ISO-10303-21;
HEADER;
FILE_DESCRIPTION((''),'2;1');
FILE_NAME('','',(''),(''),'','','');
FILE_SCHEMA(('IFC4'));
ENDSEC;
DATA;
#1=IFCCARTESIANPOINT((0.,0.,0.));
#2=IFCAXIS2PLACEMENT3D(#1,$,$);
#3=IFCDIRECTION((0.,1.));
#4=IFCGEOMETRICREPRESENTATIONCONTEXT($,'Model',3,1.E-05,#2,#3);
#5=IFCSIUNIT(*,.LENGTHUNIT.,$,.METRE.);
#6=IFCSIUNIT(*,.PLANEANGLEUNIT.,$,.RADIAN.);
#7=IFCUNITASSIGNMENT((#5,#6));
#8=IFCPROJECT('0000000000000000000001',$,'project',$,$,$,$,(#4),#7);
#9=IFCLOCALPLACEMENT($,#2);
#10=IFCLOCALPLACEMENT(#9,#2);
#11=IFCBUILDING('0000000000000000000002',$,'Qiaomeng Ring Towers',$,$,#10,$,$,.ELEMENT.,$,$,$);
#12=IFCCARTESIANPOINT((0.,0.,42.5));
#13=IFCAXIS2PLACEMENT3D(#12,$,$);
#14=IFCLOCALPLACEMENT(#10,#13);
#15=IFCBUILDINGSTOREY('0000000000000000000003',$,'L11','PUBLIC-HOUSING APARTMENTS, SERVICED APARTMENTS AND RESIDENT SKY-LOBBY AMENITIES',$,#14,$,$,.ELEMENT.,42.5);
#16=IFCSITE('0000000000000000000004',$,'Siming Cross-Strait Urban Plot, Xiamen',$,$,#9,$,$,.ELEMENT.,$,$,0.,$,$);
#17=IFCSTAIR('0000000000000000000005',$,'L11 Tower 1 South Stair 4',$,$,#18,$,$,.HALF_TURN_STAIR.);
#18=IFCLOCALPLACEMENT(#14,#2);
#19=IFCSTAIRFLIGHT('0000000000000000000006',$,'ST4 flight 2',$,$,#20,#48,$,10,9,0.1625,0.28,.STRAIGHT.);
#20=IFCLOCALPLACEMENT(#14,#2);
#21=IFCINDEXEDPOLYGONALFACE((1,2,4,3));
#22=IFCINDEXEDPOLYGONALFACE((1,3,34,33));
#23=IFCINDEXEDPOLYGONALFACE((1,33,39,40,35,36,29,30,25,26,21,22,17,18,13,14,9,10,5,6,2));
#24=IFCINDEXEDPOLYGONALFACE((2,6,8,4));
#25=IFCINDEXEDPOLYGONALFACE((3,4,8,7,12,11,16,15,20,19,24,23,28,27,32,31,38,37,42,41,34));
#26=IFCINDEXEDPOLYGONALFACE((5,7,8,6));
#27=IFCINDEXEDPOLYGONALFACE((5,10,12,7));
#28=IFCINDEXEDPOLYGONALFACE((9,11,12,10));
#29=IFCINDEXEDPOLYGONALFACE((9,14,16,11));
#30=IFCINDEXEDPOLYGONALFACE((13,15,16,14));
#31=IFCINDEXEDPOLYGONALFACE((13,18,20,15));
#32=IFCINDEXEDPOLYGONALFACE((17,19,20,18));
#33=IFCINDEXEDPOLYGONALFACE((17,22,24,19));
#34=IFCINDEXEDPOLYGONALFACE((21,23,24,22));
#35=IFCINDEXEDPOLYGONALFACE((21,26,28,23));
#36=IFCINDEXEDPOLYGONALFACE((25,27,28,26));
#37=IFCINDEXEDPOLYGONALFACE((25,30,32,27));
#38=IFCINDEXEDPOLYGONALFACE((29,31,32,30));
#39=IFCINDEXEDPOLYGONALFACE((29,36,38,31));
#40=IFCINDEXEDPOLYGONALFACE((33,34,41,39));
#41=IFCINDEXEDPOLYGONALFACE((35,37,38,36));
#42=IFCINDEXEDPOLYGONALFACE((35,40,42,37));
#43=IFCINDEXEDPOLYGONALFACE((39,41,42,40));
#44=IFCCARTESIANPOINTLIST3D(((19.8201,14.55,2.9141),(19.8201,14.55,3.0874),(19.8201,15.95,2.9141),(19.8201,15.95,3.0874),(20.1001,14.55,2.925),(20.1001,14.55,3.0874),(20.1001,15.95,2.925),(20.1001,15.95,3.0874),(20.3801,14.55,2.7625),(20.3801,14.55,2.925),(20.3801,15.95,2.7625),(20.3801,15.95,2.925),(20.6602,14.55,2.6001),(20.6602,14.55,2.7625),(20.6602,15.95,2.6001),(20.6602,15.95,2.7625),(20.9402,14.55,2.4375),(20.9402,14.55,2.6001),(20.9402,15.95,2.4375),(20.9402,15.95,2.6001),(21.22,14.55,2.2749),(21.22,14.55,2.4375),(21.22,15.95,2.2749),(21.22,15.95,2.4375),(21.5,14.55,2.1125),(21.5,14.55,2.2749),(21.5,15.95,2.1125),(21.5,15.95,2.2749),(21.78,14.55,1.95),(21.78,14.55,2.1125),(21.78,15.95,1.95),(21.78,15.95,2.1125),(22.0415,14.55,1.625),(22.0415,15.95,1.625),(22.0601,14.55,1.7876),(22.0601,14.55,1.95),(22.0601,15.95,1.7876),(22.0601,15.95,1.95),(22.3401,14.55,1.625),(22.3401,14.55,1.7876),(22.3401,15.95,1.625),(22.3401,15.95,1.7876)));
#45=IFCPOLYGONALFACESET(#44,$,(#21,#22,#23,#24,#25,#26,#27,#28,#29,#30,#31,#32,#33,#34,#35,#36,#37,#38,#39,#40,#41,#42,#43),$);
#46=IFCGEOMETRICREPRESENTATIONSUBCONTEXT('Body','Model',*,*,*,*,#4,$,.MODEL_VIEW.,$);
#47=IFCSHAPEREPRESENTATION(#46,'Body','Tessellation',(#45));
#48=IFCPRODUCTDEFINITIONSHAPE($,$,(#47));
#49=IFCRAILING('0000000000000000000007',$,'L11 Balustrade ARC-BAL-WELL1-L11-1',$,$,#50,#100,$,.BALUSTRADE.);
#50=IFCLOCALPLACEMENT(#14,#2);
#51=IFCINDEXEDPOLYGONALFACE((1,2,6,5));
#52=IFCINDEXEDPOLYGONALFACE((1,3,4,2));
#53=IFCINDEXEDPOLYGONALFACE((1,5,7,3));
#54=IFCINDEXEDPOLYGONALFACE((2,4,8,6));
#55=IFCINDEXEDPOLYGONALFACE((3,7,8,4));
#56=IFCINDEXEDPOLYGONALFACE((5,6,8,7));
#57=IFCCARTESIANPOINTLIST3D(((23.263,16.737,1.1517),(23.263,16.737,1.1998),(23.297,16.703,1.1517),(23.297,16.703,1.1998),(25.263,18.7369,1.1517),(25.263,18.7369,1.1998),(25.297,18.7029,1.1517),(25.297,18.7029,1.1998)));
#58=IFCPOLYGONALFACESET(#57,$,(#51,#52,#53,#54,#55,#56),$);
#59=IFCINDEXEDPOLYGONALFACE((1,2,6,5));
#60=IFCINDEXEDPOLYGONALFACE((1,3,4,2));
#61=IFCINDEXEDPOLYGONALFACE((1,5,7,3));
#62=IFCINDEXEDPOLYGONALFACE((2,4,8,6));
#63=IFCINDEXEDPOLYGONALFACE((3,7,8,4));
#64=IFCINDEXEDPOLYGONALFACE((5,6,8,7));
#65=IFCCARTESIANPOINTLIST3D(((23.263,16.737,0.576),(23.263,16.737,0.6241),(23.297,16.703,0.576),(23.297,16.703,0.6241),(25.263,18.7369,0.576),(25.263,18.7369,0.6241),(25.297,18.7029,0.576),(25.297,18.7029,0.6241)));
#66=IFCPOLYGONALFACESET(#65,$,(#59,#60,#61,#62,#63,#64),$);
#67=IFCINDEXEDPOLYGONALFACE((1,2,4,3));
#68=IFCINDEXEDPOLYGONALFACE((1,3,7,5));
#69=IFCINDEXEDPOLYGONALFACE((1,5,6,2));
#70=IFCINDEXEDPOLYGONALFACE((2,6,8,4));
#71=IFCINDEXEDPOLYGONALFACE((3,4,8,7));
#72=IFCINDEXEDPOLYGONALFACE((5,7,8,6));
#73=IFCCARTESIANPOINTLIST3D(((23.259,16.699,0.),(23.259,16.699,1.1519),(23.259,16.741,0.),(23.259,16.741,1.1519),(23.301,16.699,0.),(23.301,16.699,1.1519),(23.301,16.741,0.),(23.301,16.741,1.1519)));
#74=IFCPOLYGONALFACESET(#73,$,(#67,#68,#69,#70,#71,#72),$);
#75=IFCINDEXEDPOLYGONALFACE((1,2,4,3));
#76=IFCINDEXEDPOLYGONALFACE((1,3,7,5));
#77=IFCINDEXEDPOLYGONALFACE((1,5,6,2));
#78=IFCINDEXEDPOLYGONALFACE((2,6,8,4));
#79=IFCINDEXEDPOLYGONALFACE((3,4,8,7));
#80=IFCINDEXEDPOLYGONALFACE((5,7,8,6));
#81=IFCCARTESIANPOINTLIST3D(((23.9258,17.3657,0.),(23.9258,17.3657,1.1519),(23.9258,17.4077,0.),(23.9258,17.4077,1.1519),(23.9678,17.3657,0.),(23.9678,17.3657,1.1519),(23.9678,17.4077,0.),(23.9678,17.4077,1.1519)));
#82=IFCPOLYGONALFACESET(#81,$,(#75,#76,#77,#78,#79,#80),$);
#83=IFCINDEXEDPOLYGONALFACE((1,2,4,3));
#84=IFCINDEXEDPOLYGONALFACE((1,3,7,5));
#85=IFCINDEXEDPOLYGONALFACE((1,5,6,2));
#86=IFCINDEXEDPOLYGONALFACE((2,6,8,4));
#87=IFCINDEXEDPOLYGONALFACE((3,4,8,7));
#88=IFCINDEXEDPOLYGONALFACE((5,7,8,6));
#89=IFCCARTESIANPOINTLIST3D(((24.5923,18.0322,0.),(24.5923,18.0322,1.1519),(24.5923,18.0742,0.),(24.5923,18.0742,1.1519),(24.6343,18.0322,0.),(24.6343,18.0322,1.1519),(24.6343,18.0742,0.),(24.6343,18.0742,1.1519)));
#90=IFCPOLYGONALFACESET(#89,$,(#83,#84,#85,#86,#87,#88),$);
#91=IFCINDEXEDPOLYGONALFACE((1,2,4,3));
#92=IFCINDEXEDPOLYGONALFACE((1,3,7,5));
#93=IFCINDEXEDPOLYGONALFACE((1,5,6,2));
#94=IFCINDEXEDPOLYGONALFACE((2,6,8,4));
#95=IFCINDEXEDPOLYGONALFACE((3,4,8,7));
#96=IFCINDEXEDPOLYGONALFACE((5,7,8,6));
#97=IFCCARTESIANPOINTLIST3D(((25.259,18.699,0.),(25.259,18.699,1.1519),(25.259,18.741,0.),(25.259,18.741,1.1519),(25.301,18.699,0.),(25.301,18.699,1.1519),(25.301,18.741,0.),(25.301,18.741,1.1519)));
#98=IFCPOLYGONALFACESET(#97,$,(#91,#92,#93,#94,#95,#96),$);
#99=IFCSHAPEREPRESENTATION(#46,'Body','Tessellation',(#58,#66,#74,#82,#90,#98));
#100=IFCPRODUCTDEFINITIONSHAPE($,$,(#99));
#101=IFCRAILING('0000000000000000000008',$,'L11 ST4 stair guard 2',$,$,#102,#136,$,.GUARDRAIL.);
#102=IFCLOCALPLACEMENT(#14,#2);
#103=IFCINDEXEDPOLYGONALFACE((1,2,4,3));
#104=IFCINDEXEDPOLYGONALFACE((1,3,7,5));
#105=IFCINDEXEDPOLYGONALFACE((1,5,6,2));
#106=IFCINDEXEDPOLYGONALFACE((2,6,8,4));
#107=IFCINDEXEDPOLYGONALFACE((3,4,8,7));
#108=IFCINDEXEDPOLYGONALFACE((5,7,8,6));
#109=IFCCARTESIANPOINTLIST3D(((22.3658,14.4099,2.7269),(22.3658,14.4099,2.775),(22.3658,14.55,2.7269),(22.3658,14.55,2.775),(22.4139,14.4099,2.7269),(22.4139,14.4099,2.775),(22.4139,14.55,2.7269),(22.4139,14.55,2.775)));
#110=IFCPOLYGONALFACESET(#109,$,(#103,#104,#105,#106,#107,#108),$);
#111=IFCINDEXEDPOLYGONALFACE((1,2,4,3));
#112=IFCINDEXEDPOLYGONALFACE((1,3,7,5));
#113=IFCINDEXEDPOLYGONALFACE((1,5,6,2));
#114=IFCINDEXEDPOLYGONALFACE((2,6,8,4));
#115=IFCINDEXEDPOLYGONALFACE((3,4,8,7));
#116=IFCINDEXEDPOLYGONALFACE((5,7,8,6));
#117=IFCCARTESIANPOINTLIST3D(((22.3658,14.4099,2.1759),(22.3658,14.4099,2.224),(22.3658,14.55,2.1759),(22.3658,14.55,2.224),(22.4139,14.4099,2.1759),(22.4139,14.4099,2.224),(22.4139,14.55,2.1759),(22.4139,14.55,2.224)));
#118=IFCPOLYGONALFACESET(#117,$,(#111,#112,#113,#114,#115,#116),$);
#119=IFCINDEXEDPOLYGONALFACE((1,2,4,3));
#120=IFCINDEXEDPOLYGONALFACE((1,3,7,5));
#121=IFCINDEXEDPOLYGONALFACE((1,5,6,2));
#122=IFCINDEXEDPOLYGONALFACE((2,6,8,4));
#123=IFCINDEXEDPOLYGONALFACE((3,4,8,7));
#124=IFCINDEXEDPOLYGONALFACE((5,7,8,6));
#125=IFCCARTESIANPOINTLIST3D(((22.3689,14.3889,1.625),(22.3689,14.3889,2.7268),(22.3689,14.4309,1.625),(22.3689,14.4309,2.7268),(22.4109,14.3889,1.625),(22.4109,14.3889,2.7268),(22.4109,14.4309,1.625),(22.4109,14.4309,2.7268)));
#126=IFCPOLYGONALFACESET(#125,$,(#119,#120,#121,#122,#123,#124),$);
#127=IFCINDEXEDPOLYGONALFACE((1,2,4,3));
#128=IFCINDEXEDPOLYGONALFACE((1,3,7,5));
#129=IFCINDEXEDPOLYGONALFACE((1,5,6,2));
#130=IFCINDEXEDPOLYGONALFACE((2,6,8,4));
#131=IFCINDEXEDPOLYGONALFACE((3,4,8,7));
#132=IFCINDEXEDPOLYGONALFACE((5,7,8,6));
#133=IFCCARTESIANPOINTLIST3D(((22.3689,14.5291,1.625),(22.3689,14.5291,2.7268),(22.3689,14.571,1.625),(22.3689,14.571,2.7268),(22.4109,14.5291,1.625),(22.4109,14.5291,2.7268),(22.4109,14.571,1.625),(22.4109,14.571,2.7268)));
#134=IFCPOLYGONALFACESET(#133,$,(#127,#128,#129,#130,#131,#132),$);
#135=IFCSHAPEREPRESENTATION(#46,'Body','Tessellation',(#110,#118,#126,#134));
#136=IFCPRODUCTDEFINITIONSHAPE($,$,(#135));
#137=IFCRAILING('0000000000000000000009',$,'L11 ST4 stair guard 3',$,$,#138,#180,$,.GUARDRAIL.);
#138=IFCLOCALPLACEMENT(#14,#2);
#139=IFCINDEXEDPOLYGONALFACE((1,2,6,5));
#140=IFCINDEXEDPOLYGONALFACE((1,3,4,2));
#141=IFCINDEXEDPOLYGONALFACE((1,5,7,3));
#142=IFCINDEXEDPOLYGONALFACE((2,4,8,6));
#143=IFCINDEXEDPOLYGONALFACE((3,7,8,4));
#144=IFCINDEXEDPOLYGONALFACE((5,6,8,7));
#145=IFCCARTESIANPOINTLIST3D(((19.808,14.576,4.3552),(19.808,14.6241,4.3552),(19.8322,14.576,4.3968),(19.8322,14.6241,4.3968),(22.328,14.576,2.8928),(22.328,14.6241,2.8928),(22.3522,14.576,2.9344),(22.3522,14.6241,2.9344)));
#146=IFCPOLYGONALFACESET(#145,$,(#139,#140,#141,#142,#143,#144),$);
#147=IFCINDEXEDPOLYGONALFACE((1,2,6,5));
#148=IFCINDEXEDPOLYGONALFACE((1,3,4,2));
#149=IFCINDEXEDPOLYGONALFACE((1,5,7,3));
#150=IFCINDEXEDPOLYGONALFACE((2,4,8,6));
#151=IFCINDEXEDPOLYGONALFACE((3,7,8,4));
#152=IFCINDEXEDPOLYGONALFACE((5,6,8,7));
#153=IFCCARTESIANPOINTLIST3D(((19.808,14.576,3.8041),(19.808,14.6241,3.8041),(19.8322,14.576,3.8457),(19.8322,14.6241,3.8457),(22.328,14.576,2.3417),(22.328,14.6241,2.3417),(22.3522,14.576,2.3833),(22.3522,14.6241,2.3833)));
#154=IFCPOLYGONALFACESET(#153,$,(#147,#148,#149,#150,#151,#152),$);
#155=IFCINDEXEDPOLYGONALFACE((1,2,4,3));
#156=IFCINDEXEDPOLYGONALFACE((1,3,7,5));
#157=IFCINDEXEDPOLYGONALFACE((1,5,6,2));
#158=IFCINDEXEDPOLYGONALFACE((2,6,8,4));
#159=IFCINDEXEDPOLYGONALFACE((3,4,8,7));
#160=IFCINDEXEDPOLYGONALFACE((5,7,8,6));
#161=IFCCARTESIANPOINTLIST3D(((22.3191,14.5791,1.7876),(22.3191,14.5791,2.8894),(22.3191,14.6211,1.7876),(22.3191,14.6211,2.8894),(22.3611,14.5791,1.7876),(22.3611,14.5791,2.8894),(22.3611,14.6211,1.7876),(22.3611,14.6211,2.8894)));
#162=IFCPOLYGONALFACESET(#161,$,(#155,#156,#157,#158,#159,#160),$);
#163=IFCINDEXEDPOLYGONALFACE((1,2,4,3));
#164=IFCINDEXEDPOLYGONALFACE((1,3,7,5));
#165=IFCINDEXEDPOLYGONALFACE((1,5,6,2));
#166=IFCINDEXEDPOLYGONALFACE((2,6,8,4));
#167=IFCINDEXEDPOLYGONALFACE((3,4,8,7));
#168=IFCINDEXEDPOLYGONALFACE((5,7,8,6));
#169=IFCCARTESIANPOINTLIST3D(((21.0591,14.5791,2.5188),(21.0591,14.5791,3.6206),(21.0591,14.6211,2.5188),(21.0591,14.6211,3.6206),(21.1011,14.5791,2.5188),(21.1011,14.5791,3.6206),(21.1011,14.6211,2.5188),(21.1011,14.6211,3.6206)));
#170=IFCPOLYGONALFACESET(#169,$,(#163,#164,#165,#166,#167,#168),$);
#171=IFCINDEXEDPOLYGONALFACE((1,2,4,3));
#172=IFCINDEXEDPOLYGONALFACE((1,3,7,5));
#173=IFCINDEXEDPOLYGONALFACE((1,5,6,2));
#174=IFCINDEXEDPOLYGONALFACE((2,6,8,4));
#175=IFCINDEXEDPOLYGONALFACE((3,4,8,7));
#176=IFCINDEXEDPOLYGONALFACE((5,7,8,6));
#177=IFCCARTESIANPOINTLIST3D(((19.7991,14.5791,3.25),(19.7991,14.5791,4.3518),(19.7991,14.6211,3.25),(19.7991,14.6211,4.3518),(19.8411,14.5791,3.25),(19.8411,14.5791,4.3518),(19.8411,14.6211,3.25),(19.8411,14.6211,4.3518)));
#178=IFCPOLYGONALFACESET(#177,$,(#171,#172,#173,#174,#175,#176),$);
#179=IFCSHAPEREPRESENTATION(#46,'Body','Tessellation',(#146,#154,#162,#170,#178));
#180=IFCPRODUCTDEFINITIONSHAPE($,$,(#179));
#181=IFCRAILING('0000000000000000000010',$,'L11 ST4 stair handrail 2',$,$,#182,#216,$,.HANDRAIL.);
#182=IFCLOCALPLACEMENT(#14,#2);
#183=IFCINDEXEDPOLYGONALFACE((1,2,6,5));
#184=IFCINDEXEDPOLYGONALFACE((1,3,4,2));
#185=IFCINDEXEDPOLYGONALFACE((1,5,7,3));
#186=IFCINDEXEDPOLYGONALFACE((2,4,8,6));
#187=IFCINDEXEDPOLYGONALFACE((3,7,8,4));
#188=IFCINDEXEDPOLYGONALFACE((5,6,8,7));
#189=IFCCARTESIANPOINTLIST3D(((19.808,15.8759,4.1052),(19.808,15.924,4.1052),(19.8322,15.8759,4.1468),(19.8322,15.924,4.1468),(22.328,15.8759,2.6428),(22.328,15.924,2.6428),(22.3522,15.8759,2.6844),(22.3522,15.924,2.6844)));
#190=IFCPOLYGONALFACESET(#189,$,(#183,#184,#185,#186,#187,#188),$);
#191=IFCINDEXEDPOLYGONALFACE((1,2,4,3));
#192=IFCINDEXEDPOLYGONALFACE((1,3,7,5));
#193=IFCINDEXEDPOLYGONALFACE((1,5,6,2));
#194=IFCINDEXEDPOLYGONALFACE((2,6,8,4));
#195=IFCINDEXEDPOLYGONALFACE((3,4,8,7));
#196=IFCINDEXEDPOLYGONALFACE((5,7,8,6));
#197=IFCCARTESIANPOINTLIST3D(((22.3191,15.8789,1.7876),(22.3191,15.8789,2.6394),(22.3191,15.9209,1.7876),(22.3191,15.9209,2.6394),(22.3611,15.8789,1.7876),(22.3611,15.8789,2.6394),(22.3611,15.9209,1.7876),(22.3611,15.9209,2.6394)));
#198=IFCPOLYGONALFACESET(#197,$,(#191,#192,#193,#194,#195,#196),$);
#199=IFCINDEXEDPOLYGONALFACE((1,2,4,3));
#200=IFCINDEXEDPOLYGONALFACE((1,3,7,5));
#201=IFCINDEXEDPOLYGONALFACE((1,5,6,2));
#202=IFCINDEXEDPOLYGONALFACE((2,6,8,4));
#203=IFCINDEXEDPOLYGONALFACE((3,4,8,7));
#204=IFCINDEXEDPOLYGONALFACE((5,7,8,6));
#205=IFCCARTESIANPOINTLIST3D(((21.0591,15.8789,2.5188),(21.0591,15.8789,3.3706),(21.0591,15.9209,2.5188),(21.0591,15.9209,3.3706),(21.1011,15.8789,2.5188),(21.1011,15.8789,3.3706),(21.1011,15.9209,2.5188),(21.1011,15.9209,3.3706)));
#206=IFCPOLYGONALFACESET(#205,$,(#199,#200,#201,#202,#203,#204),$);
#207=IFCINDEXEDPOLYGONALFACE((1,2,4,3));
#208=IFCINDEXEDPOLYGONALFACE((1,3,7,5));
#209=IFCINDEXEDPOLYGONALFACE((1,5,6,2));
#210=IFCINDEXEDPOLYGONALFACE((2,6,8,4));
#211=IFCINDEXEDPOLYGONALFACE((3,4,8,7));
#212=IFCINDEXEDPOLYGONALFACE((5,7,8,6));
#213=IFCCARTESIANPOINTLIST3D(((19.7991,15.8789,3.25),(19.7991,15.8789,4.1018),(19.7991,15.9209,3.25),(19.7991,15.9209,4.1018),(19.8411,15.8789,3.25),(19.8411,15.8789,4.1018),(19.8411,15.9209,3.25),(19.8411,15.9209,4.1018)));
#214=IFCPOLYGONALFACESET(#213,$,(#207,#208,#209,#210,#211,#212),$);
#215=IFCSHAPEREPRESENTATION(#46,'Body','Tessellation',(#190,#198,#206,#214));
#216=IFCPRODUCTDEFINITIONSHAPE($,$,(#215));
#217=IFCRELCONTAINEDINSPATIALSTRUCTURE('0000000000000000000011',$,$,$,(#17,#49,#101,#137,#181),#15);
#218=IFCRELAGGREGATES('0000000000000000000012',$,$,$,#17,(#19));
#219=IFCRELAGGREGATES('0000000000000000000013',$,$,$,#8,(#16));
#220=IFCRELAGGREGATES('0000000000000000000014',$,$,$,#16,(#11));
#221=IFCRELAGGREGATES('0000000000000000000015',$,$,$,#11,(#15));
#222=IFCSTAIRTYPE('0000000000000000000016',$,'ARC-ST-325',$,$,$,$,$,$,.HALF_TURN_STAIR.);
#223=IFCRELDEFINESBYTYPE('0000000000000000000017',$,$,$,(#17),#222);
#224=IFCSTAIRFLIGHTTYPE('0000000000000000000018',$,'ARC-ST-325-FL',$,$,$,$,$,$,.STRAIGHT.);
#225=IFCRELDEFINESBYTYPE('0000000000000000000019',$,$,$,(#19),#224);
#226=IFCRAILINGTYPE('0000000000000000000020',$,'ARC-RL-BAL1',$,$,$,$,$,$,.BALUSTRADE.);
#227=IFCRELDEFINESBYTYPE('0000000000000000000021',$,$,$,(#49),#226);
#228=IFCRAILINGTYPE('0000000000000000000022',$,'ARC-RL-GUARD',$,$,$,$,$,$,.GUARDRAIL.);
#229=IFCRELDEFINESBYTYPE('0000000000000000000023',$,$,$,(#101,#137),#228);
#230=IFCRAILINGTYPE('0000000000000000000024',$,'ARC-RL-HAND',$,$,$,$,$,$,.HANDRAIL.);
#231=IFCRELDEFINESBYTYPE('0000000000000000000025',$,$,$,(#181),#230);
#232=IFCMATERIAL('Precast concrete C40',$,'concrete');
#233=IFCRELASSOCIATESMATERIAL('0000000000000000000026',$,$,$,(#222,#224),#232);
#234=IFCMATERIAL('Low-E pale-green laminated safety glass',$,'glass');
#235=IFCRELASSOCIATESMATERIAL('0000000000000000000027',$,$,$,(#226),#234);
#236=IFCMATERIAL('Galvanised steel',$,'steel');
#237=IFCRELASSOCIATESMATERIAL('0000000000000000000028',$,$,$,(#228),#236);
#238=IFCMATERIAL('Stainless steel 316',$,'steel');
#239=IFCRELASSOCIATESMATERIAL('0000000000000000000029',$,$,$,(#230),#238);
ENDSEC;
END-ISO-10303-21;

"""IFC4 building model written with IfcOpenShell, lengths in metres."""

from ifc_helpers import new_model, si_unit, direction, frame, origin, origin_2d, place, context, subcontext, project, spatial, polyline, rectangle, outline, extrude, source, transform, mapped, material, type_object, element, aggregate, save


model = new_model("IFC4")

# Units and contexts
model_context = context("Model", 3, precision=1e-05, world=origin(), true_north=direction((0.0, 1.0)))
body_context = subcontext(model_context, "Body", "Model", "MODEL_VIEW")
ifc_project = project(units=[si_unit("LENGTHUNIT", "METRE"), si_unit("PLANEANGLEUNIT", "RADIAN")], contexts=[model_context])

# Site, building, storey
site_placement = place(None, origin())
site = spatial("IfcSite", under=ifc_project, at=site_placement, Name="Siming Cross-Strait Urban Plot, Xiamen", CompositionType="ELEMENT", RefElevation=0.0)
building_placement = place(site_placement, origin())
building = spatial("IfcBuilding", under=site, at=building_placement, Name="Qiaomeng Ring Towers", CompositionType="ELEMENT")
storey_placement = place(building_placement, frame((0.0, 0.0, 42.5)))
storey = spatial("IfcBuildingStorey", under=building, at=storey_placement, Name="L11", Description="PUBLIC-HOUSING APARTMENTS, SERVICED APARTMENTS AND RESIDENT SKY-LOBBY AMENITIES", CompositionType="ELEMENT", Elevation=42.5)

# Shared definitions
ifc_material_1 = material(Name="Galvanised steel", Category="steel")

# Shared definitions
ifc_material_2 = material(Name="Stainless steel 316", Category="steel")

# Stair, stair flight
ifc_material_3 = material(Name="Precast concrete C40", Category="concrete")
stair_type = type_object("IfcStairType", Name="ARC-ST-325", PredefinedType="HALF_TURN_STAIR", material=ifc_material_3)
stair_placement = place(storey_placement, origin())
stair = element("IfcStair", 1, at=stair_placement, inside=storey, type_object=stair_type, Name="L11 Tower 1 South Stair 4", PredefinedType="HALF_TURN_STAIR")
stair_flight_type = type_object("IfcStairFlightType", Name="ARC-ST-325-FL", PredefinedType="STRAIGHT", material=ifc_material_3)
shared_shape_1 = source(origin(), body_context, "Body", "SweptSolid", [
    extrude(outline(polyline([(0.0, 0.0), (0.0, 0.1626), (0.28, 0.1626), (0.28, 0.325), (0.5601, 0.325), (0.5601, 0.4875), (0.8401, 0.4875), (0.8401, 0.6499), (1.1201, 0.6499), (1.1201, 0.8125), (1.3999, 0.8125), (1.3999, 0.9751), (1.6799, 0.9751), (1.6799, 1.1375), (1.96, 1.1375), (1.96, 1.3), (2.24, 1.3), (2.24, 1.4624), (2.52, 1.4624), (2.52, 1.625), (2.52, 1.2891), (0.2986, 0.0), (0.0, 0.0)])), frame((0.0, 0.7, 0.0), z_axis=(0.0, -1.0, 0.0), x_axis=(1.0, 0.0, 0.0)), (0.0, 0.0, 1.0), 1.3999),
])
stair_flight_placement = place(storey_placement, frame((22.3401, 15.25, 1.625), z_axis=(0.0, 0.0, 1.0), x_axis=(-1.0, 0.0, 0.0)))
stair_flight = element("IfcStairFlight", 2, at=stair_flight_placement, type_object=stair_flight_type, Name="ST4 flight 2", NumberOfRisers=10, NumberOfTreads=9, PredefinedType="STRAIGHT", RiserHeight=0.1625, TreadLength=0.28, context=body_context, shape_type="MappedRepresentation", body=[
    mapped(shared_shape_1, transform((0.0, 0.0, 0.0), x_axis=(1.0, 0.0, 0.0), y_axis=(0.0, 1.0, 0.0), z_axis=(0.0, 0.0, 1.0), scale=1.0)),
])
aggregate(stair, [stair_flight])

# Railings
ifc_material_4 = material(Name="Low-E pale-green laminated safety glass", Category="glass")
railing_type_1 = type_object("IfcRailingType", Name="ARC-RL-BAL1", PredefinedType="BALUSTRADE", material=ifc_material_4)
railing_1_placement = place(storey_placement, frame((23.28, 16.72, 0.0)))
element("IfcRailing", 3, at=railing_1_placement, inside=storey, type_object=railing_type_1, Name="L11 Balustrade ARC-BAL-WELL1-L11-1", PredefinedType="BALUSTRADE", context=body_context, shape_type="SweptSolid", body=[
    extrude(rectangle(XDim=0.0481, YDim=0.0481, at=origin_2d()), frame((0.0, 0.0, 1.1758), z_axis=(0.707107, 0.707107, 0.0), x_axis=(-0.707107, 0.707107, 0.0)), (0.0, 0.0, 1.0), 2.8284),
    extrude(rectangle(XDim=0.0481, YDim=0.0481, at=origin_2d()), frame((0.0, 0.0, 0.6001), z_axis=(0.707107, 0.707107, 0.0), x_axis=(-0.707107, 0.707107, 0.0)), (0.0, 0.0, 1.0), 2.8284),
    extrude(rectangle(XDim=0.042, YDim=0.042, at=origin_2d()), origin(), (0.0, 0.0, 1.0), 1.1519),
    extrude(rectangle(XDim=0.042, YDim=0.042, at=origin_2d()), frame((0.6667, 0.6667, 0.0)), (0.0, 0.0, 1.0), 1.1519),
    extrude(rectangle(XDim=0.042, YDim=0.042, at=origin_2d()), frame((1.3333, 1.3333, 0.0)), (0.0, 0.0, 1.0), 1.1519),
    extrude(rectangle(XDim=0.042, YDim=0.042, at=origin_2d()), frame((2.0, 2.0, 0.0)), (0.0, 0.0, 1.0), 1.1519),
])
railing_type_2 = type_object("IfcRailingType", Name="ARC-RL-GUARD", PredefinedType="GUARDRAIL", material=ifc_material_1)
railing_2_placement = place(storey_placement, frame((22.3899, 14.4099, 1.625)))
element("IfcRailing", 4, at=railing_2_placement, inside=storey, type_object=railing_type_2, Name="L11 ST4 stair guard 2", PredefinedType="GUARDRAIL", context=body_context, shape_type="SweptSolid", body=[
    extrude(rectangle(XDim=0.0481, YDim=0.0481, at=origin_2d()), frame((0.0, 0.0, 1.126), z_axis=(0.0, 1.0, 0.0), x_axis=(-1.0, 0.0, 0.0)), (0.0, 0.0, 1.0), 0.1401),
    extrude(rectangle(XDim=0.0481, YDim=0.0481, at=origin_2d()), frame((0.0, 0.0, 0.575), z_axis=(0.0, 1.0, 0.0), x_axis=(-1.0, 0.0, 0.0)), (0.0, 0.0, 1.0), 0.1401),
    extrude(rectangle(XDim=0.042, YDim=0.042, at=origin_2d()), origin(), (0.0, 0.0, 1.0), 1.1018),
    extrude(rectangle(XDim=0.042, YDim=0.042, at=origin_2d()), frame((0.0, 0.1401, 0.0)), (0.0, 0.0, 1.0), 1.1018),
])
railing_3_placement = place(storey_placement, frame((22.3401, 14.6001, 1.7876)))
element("IfcRailing", 5, at=railing_3_placement, inside=storey, type_object=railing_type_2, Name="L11 ST4 stair guard 3", PredefinedType="GUARDRAIL", context=body_context, shape_type="SweptSolid", body=[
    extrude(rectangle(XDim=0.0481, YDim=0.0481, at=origin_2d()), frame((0.0, 0.0, 1.126), z_axis=(-0.864913, 0.0, 0.501921), x_axis=(0.0, -1.0, 0.0)), (0.0, 0.0, 1.0), 2.9136),
    extrude(rectangle(XDim=0.0481, YDim=0.0481, at=origin_2d()), frame((0.0, 0.0, 0.575), z_axis=(-0.864913, 0.0, 0.501921), x_axis=(0.0, -1.0, 0.0)), (0.0, 0.0, 1.0), 2.9136),
    extrude(rectangle(XDim=0.042, YDim=0.042, at=origin_2d()), origin(), (0.0, 0.0, 1.0), 1.1018),
    extrude(rectangle(XDim=0.042, YDim=0.042, at=origin_2d()), frame((-1.26, 0.0, 0.7312)), (0.0, 0.0, 1.0), 1.1018),
    extrude(rectangle(XDim=0.042, YDim=0.042, at=origin_2d()), frame((-2.52, 0.0, 1.4624)), (0.0, 0.0, 1.0), 1.1018),
])
railing_type_3 = type_object("IfcRailingType", Name="ARC-RL-HAND", PredefinedType="HANDRAIL", material=ifc_material_2)
railing_4_placement = place(storey_placement, frame((22.3401, 15.8999, 1.7876)))
element("IfcRailing", 6, at=railing_4_placement, inside=storey, type_object=railing_type_3, Name="L11 ST4 stair handrail 2", PredefinedType="HANDRAIL", context=body_context, shape_type="SweptSolid", body=[
    extrude(rectangle(XDim=0.0481, YDim=0.0481, at=origin_2d()), frame((0.0, 0.0, 0.876), z_axis=(-0.864913, 0.0, 0.501921), x_axis=(0.0, -1.0, 0.0)), (0.0, 0.0, 1.0), 2.9136),
    extrude(rectangle(XDim=0.042, YDim=0.042, at=origin_2d()), origin(), (0.0, 0.0, 1.0), 0.8518),
    extrude(rectangle(XDim=0.042, YDim=0.042, at=origin_2d()), frame((-1.26, 0.0, 0.7312)), (0.0, 0.0, 1.0), 0.8518),
    extrude(rectangle(XDim=0.042, YDim=0.042, at=origin_2d()), frame((-2.52, 0.0, 1.4624)), (0.0, 0.0, 1.0), 0.8518),
])

save(model, "model.ifc")
